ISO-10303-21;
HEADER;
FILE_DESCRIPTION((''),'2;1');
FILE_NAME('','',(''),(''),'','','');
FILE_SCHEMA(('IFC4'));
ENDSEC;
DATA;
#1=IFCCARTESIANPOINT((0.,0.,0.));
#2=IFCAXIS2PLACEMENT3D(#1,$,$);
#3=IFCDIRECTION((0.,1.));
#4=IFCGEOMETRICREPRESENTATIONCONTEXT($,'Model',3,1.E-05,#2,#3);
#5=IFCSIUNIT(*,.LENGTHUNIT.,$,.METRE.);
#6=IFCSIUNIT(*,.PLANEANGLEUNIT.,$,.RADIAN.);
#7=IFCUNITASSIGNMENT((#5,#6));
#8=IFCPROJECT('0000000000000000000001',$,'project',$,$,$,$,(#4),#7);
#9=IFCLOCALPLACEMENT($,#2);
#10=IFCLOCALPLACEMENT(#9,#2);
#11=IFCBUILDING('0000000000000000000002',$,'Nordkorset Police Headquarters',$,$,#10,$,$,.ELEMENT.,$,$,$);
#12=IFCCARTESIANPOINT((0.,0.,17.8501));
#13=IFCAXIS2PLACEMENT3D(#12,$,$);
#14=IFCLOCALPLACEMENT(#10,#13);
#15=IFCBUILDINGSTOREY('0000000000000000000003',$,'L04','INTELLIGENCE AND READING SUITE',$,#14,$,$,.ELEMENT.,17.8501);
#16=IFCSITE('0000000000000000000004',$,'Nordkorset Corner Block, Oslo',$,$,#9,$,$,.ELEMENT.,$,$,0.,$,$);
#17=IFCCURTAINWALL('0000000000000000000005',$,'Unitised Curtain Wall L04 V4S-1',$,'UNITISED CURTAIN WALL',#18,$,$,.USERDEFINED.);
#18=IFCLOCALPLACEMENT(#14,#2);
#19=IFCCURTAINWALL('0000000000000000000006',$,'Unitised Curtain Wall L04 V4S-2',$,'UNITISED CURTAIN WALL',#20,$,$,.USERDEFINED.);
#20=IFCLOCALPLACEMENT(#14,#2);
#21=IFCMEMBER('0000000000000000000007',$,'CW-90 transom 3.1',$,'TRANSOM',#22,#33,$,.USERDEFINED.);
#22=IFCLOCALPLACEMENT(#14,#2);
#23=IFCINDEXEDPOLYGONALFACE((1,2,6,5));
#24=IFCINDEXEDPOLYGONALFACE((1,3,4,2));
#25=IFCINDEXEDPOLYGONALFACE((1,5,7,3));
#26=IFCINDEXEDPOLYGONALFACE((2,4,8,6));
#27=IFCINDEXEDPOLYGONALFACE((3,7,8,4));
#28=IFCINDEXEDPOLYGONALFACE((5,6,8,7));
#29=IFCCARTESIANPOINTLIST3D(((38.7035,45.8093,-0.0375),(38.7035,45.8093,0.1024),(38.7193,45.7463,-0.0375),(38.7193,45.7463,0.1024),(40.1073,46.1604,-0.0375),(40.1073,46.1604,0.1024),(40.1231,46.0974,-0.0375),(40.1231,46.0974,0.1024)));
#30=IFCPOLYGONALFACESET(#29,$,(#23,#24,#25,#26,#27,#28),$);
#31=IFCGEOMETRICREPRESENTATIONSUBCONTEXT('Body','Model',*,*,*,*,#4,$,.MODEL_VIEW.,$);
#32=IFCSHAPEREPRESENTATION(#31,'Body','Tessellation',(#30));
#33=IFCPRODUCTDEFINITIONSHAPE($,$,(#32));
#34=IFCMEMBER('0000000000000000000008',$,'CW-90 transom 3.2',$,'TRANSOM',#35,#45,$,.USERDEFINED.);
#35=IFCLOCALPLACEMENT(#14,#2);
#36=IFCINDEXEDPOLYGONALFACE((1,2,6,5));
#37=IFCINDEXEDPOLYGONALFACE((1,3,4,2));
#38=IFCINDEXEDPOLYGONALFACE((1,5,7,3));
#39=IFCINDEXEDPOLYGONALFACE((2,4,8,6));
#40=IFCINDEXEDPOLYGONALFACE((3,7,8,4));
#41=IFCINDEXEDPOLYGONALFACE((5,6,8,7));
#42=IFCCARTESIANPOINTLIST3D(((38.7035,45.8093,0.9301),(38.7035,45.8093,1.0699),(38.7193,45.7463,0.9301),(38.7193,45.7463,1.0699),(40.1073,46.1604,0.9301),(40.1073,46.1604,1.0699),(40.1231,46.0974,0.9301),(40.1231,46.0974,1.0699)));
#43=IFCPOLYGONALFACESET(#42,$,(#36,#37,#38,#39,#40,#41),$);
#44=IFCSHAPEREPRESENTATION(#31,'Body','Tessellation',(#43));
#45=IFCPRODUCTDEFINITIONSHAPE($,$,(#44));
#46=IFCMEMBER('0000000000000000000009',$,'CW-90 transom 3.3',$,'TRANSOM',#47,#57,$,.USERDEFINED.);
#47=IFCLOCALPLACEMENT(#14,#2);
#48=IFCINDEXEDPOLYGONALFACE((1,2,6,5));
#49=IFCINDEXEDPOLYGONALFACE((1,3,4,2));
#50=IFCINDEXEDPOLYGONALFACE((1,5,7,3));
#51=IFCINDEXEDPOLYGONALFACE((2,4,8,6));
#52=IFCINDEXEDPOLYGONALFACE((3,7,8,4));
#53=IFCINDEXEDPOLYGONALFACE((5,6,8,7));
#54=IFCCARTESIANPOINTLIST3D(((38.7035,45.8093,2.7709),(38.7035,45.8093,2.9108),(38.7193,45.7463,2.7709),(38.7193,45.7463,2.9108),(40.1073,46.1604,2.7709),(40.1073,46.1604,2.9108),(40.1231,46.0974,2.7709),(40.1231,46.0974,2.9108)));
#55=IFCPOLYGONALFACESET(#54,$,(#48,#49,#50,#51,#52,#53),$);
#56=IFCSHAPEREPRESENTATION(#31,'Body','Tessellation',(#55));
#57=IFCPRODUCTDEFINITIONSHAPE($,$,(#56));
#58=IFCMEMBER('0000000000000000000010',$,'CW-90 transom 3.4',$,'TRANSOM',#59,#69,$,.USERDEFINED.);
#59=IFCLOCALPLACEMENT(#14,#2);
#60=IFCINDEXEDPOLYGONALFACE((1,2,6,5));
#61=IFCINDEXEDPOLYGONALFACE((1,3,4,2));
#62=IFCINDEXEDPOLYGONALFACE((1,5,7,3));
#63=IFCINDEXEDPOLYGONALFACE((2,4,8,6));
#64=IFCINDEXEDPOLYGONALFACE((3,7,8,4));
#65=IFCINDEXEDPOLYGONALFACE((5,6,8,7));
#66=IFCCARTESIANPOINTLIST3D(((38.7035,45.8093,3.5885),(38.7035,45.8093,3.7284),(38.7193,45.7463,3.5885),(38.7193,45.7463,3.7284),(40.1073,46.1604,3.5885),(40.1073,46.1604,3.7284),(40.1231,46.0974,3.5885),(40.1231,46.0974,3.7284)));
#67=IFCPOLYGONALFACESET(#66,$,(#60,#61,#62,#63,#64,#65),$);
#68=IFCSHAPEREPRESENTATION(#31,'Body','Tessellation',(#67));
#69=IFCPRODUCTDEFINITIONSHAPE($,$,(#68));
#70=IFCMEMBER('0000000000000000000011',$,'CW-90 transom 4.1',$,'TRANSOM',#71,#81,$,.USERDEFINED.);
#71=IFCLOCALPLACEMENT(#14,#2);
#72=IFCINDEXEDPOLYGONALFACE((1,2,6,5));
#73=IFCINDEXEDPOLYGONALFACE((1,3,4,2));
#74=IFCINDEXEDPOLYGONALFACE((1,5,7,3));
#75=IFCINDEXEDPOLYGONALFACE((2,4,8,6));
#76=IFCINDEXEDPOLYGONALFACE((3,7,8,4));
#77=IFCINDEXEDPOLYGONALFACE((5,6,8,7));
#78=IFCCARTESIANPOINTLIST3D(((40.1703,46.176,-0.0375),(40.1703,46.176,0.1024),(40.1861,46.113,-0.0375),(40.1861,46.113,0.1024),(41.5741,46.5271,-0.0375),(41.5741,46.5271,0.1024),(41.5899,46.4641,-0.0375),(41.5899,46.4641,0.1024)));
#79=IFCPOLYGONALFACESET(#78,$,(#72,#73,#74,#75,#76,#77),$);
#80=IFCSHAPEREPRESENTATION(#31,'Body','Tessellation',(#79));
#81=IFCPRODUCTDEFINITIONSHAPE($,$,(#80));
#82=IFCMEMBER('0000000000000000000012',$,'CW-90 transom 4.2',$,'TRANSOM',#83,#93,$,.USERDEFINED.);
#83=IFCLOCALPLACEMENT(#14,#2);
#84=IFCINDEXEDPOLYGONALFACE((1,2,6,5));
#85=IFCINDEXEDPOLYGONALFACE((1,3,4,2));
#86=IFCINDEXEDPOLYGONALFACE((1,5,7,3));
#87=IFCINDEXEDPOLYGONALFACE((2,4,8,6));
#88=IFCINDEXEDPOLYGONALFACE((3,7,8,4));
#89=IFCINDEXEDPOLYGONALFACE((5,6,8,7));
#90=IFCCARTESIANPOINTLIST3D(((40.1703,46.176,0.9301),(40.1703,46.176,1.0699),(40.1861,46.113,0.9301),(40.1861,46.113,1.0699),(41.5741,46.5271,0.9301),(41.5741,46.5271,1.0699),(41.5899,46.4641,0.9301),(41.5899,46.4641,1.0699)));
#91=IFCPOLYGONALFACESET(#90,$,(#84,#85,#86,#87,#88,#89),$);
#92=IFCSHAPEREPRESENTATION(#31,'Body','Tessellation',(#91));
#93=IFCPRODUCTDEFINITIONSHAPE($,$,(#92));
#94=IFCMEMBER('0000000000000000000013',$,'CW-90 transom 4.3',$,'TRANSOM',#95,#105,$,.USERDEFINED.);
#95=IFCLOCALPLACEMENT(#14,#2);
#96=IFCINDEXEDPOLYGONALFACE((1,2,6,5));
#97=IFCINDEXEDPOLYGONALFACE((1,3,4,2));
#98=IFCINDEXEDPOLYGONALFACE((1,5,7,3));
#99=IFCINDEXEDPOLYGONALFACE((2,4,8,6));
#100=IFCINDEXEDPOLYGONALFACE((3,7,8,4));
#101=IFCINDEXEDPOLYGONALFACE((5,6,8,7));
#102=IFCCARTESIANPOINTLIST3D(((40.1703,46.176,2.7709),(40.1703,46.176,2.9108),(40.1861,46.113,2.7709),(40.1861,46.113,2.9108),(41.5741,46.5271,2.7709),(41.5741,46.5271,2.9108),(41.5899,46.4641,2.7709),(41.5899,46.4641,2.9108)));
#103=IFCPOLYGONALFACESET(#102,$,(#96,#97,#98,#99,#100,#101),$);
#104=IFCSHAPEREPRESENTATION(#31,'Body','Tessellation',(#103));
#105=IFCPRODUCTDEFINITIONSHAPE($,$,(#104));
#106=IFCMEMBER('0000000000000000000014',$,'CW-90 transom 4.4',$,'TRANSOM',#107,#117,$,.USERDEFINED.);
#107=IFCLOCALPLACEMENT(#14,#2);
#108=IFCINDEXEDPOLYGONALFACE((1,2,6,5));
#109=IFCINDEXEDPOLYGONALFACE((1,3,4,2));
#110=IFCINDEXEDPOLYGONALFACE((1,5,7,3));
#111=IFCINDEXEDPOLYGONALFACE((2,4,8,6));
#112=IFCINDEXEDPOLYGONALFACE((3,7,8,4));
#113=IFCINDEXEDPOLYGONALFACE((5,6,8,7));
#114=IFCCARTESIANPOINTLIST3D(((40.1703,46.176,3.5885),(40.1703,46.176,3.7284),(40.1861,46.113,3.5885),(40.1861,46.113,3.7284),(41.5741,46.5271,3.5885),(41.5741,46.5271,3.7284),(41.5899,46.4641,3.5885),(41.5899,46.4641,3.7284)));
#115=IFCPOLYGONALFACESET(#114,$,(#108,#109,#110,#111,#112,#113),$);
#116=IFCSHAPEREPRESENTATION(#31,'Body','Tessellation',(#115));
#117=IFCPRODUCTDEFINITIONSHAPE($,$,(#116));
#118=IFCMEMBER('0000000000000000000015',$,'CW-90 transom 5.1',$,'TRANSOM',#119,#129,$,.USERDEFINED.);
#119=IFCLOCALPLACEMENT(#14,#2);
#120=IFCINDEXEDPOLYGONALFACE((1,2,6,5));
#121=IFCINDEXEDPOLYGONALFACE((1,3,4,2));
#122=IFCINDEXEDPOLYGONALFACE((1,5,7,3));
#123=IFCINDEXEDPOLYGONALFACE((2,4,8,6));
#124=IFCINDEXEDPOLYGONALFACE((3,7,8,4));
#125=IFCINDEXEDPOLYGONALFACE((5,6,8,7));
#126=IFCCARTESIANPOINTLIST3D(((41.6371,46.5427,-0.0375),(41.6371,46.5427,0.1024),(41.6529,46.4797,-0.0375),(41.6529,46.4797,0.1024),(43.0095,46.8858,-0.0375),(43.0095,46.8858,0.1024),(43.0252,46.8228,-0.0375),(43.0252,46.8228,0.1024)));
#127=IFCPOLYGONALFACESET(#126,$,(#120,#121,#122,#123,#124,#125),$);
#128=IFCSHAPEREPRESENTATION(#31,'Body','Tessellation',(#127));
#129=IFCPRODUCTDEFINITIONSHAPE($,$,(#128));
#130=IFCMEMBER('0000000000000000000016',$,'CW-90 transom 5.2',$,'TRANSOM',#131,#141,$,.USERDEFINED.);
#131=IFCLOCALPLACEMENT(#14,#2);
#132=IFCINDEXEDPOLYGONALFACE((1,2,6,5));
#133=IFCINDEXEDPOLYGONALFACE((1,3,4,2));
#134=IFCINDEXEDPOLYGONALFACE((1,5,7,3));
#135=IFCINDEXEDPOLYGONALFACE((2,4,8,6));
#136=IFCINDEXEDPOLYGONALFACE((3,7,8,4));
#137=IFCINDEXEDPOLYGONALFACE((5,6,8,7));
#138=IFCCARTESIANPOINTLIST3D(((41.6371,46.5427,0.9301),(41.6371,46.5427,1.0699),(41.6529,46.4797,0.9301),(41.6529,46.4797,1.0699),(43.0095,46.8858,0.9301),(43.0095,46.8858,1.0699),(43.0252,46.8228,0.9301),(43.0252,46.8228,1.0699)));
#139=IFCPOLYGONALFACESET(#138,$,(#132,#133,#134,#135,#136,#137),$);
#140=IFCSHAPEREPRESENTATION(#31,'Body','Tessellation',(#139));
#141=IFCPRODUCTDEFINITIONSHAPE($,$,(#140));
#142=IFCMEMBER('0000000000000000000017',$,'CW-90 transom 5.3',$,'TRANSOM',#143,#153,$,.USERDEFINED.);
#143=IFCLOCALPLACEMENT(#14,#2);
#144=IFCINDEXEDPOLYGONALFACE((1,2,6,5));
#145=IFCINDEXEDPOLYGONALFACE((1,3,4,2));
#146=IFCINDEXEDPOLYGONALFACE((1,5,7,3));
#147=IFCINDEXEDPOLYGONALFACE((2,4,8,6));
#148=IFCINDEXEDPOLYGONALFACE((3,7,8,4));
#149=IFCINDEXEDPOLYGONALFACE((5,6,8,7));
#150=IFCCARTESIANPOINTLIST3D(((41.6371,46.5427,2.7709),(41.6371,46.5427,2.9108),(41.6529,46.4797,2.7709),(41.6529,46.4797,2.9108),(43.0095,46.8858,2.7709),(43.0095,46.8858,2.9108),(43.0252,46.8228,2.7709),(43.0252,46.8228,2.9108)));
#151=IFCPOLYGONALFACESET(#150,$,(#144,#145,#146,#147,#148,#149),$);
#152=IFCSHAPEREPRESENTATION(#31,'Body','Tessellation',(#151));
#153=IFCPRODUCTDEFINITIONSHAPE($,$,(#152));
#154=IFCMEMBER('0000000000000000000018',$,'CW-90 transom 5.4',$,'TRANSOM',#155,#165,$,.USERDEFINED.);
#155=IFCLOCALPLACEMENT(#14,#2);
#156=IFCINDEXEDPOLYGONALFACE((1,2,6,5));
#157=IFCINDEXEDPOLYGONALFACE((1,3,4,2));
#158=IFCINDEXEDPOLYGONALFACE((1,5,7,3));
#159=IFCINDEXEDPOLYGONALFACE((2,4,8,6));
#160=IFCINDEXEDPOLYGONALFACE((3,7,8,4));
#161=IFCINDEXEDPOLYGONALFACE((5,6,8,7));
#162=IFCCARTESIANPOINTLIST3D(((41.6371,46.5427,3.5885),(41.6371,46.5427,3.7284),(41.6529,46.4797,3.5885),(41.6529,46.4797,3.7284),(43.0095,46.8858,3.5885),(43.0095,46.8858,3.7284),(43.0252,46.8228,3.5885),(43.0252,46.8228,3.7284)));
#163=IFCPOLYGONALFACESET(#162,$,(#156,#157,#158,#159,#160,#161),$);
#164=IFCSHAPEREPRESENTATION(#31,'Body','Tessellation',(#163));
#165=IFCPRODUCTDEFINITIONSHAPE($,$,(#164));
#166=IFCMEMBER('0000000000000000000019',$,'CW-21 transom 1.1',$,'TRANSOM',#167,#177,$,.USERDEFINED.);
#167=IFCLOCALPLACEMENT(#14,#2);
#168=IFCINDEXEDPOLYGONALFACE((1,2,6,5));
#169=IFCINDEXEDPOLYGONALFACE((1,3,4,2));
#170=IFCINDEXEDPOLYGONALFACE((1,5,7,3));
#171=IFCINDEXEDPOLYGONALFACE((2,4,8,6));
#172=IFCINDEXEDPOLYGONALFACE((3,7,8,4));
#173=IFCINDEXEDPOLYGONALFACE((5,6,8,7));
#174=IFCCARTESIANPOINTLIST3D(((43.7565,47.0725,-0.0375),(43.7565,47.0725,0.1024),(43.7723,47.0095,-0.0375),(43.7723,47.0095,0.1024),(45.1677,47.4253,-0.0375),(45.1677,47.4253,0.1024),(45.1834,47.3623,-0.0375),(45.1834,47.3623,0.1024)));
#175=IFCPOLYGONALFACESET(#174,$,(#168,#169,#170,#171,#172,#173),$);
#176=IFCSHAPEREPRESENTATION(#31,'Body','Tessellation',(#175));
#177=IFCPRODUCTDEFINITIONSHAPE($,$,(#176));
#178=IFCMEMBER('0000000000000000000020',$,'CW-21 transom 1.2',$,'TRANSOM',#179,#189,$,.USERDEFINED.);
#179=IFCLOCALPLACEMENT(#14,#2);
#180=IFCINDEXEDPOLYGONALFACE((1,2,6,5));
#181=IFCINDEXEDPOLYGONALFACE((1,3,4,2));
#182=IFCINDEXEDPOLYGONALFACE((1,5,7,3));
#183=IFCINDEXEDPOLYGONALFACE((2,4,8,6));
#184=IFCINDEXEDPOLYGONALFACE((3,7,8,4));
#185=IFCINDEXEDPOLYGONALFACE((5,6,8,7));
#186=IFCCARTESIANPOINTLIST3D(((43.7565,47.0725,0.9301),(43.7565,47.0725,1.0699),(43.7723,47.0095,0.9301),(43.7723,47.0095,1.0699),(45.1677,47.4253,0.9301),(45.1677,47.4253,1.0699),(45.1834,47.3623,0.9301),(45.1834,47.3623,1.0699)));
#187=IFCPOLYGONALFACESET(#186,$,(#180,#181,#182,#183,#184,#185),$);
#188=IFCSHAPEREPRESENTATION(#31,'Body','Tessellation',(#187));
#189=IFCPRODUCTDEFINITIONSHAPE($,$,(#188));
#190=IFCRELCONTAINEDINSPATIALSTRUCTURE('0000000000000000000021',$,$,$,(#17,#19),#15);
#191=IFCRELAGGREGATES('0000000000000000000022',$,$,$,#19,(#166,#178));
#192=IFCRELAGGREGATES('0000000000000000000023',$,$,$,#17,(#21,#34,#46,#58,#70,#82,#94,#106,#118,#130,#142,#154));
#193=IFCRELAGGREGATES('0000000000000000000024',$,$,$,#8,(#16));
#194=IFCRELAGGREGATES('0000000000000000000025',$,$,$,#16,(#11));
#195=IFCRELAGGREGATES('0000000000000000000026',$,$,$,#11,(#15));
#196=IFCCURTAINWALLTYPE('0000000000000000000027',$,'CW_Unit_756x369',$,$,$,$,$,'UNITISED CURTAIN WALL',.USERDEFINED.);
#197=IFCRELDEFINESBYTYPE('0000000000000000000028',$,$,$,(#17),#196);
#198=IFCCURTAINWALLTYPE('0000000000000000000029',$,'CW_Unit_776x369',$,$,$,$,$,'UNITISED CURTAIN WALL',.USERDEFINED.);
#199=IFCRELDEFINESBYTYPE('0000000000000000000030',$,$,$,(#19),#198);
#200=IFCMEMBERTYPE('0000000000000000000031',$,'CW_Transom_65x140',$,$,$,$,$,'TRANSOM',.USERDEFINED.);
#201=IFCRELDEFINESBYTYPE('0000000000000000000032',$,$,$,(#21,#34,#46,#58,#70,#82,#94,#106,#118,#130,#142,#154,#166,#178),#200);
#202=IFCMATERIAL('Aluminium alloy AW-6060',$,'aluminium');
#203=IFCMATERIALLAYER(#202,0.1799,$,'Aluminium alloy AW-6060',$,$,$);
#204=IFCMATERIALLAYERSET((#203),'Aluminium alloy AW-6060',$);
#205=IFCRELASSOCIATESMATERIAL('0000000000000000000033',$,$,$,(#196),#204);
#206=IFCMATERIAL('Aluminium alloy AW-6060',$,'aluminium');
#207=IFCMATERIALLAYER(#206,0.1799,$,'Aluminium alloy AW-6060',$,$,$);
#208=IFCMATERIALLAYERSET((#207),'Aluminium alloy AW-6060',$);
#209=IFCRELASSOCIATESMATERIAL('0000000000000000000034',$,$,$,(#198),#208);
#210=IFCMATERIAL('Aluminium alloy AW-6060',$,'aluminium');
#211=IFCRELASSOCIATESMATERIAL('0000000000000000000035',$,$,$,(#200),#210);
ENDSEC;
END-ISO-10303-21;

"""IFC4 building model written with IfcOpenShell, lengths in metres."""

from ifc_helpers import new_model, si_unit, direction, frame, origin, origin_2d, place, context, subcontext, project, spatial, rectangle, extrude, material, layer, layer_set, material_profile, profile_set, type_object, element, aggregate, save


model = new_model("IFC4")

# Units and contexts
model_context = context("Model", 3, precision=1e-05, world=origin(), true_north=direction((0.0, 1.0)))
body_context = subcontext(model_context, "Body", "Model", "MODEL_VIEW")
ifc_project = project(units=[si_unit("LENGTHUNIT", "METRE"), si_unit("PLANEANGLEUNIT", "RADIAN")], contexts=[model_context])

# Site, building, storey
site_placement = place(None, origin())
site = spatial("IfcSite", under=ifc_project, at=site_placement, Name="Nordkorset Corner Block, Oslo", CompositionType="ELEMENT", RefElevation=0.0)
building_placement = place(site_placement, origin())
building = spatial("IfcBuilding", under=site, at=building_placement, Name="Nordkorset Police Headquarters", CompositionType="ELEMENT")
storey_placement = place(building_placement, frame((0.0, 0.0, 17.8501)))
storey = spatial("IfcBuildingStorey", under=building, at=storey_placement, Name="L04", Description="INTELLIGENCE AND READING SUITE", CompositionType="ELEMENT", Elevation=17.8501)

# Curtain wall
ifc_material_1 = material(Name="Aluminium alloy AW-6060", Category="aluminium")
ifc_layer_1 = layer(ifc_material_1, 0.1799, Name="Aluminium alloy AW-6060")
ifc_layer_set_1 = layer_set([ifc_layer_1], Name="Aluminium alloy AW-6060")
curtain_wall_type_1 = type_object("IfcCurtainWallType", Name="CW_Unit_756x369", ElementType="UNITISED CURTAIN WALL", PredefinedType="USERDEFINED", material=ifc_layer_set_1)
curtain_wall_1_placement = place(storey_placement, origin())
curtain_wall_1 = element("IfcCurtainWall", 1, at=curtain_wall_1_placement, inside=storey, type_object=curtain_wall_type_1, Name="Unitised Curtain Wall L04 V4S-1", ObjectType="UNITISED CURTAIN WALL", PredefinedType="USERDEFINED")

# Curtain wall
ifc_material_2 = material(Name="Aluminium alloy AW-6060", Category="aluminium")
ifc_layer_2 = layer(ifc_material_2, 0.1799, Name="Aluminium alloy AW-6060")
ifc_layer_set_2 = layer_set([ifc_layer_2], Name="Aluminium alloy AW-6060")
curtain_wall_type_2 = type_object("IfcCurtainWallType", Name="CW_Unit_776x369", ElementType="UNITISED CURTAIN WALL", PredefinedType="USERDEFINED", material=ifc_layer_set_2)
curtain_wall_2_placement = place(storey_placement, origin())
curtain_wall_2 = element("IfcCurtainWall", 2, at=curtain_wall_2_placement, inside=storey, type_object=curtain_wall_type_2, Name="Unitised Curtain Wall L04 V4S-2", ObjectType="UNITISED CURTAIN WALL", PredefinedType="USERDEFINED")

# Members
ifc_material_3 = material(Name="Aluminium alloy AW-6060", Category="aluminium")
ifc_material_profile_1 = material_profile(ifc_material_3, rectangle(XDim=0.0649, YDim=0.1399, at=origin_2d()), Name="ALU TRAN 65x140")
ifc_profile_set_1 = profile_set([ifc_material_profile_1], Name="Aluminium alloy AW-6060")
member_type_1 = type_object("IfcMemberType", Name="CW_Transom_65x140", ElementType="TRANSOM", PredefinedType="USERDEFINED", material=ifc_profile_set_1)
member_1_placement = place(storey_placement, frame((38.7114, 45.7778, 0.0325), z_axis=(0.970123, 0.242615, 0.0), x_axis=(-0.242615, 0.970123, 0.0)))
member_1 = element("IfcMember", 3, at=member_1_placement, type_object=member_type_1, Name="CW-90 transom 3.1", ObjectType="TRANSOM", PredefinedType="USERDEFINED", context=body_context, shape_type="SweptSolid", body=[
    extrude(rectangle(XDim=0.0649, YDim=0.1399, at=origin_2d()), origin(), (0.0, 0.0, 1.0), 1.447),
])
member_2_placement = place(storey_placement, frame((38.7114, 45.7778, 1.0), z_axis=(0.970123, 0.242615, 0.0), x_axis=(-0.242615, 0.970123, 0.0)))
member_2 = element("IfcMember", 4, at=member_2_placement, type_object=member_type_1, Name="CW-90 transom 3.2", ObjectType="TRANSOM", PredefinedType="USERDEFINED", context=body_context, shape_type="SweptSolid", body=[
    extrude(rectangle(XDim=0.0649, YDim=0.1399, at=origin_2d()), origin(), (0.0, 0.0, 1.0), 1.447),
])
member_3_placement = place(storey_placement, frame((38.7114, 45.7778, 2.8408), z_axis=(0.970123, 0.242615, 0.0), x_axis=(-0.242615, 0.970123, 0.0)))
member_3 = element("IfcMember", 5, at=member_3_placement, type_object=member_type_1, Name="CW-90 transom 3.3", ObjectType="TRANSOM", PredefinedType="USERDEFINED", context=body_context, shape_type="SweptSolid", body=[
    extrude(rectangle(XDim=0.0649, YDim=0.1399, at=origin_2d()), origin(), (0.0, 0.0, 1.0), 1.447),
])
member_4_placement = place(storey_placement, frame((38.7114, 45.7778, 3.6584), z_axis=(0.970123, 0.242615, 0.0), x_axis=(-0.242615, 0.970123, 0.0)))
member_4 = element("IfcMember", 6, at=member_4_placement, type_object=member_type_1, Name="CW-90 transom 3.4", ObjectType="TRANSOM", PredefinedType="USERDEFINED", context=body_context, shape_type="SweptSolid", body=[
    extrude(rectangle(XDim=0.0649, YDim=0.1399, at=origin_2d()), origin(), (0.0, 0.0, 1.0), 1.447),
])
member_5_placement = place(storey_placement, frame((40.1782, 46.1445, 0.0325), z_axis=(0.970123, 0.242615, 0.0), x_axis=(-0.242615, 0.970123, 0.0)))
member_5 = element("IfcMember", 7, at=member_5_placement, type_object=member_type_1, Name="CW-90 transom 4.1", ObjectType="TRANSOM", PredefinedType="USERDEFINED", context=body_context, shape_type="SweptSolid", body=[
    extrude(rectangle(XDim=0.0649, YDim=0.1399, at=origin_2d()), origin(), (0.0, 0.0, 1.0), 1.447),
])
member_6_placement = place(storey_placement, frame((40.1782, 46.1445, 1.0), z_axis=(0.970123, 0.242615, 0.0), x_axis=(-0.242615, 0.970123, 0.0)))
member_6 = element("IfcMember", 8, at=member_6_placement, type_object=member_type_1, Name="CW-90 transom 4.2", ObjectType="TRANSOM", PredefinedType="USERDEFINED", context=body_context, shape_type="SweptSolid", body=[
    extrude(rectangle(XDim=0.0649, YDim=0.1399, at=origin_2d()), origin(), (0.0, 0.0, 1.0), 1.447),
])
member_7_placement = place(storey_placement, frame((40.1782, 46.1445, 2.8408), z_axis=(0.970123, 0.242615, 0.0), x_axis=(-0.242615, 0.970123, 0.0)))
member_7 = element("IfcMember", 9, at=member_7_placement, type_object=member_type_1, Name="CW-90 transom 4.3", ObjectType="TRANSOM", PredefinedType="USERDEFINED", context=body_context, shape_type="SweptSolid", body=[
    extrude(rectangle(XDim=0.0649, YDim=0.1399, at=origin_2d()), origin(), (0.0, 0.0, 1.0), 1.447),
])
member_8_placement = place(storey_placement, frame((40.1782, 46.1445, 3.6584), z_axis=(0.970123, 0.242615, 0.0), x_axis=(-0.242615, 0.970123, 0.0)))
member_8 = element("IfcMember", 10, at=member_8_placement, type_object=member_type_1, Name="CW-90 transom 4.4", ObjectType="TRANSOM", PredefinedType="USERDEFINED", context=body_context, shape_type="SweptSolid", body=[
    extrude(rectangle(XDim=0.0649, YDim=0.1399, at=origin_2d()), origin(), (0.0, 0.0, 1.0), 1.447),
])
member_9_placement = place(storey_placement, frame((41.645, 46.5112, 0.0325), z_axis=(0.970153, 0.242495, 0.0), x_axis=(-0.242495, 0.970153, 0.0)))
member_9 = element("IfcMember", 11, at=member_9_placement, type_object=member_type_1, Name="CW-90 transom 5.1", ObjectType="TRANSOM", PredefinedType="USERDEFINED", context=body_context, shape_type="SweptSolid", body=[
    extrude(rectangle(XDim=0.0649, YDim=0.1399, at=origin_2d()), origin(), (0.0, 0.0, 1.0), 1.4146),
])
member_10_placement = place(storey_placement, frame((41.645, 46.5112, 1.0), z_axis=(0.970153, 0.242495, 0.0), x_axis=(-0.242495, 0.970153, 0.0)))
member_10 = element("IfcMember", 12, at=member_10_placement, type_object=member_type_1, Name="CW-90 transom 5.2", ObjectType="TRANSOM", PredefinedType="USERDEFINED", context=body_context, shape_type="SweptSolid", body=[
    extrude(rectangle(XDim=0.0649, YDim=0.1399, at=origin_2d()), origin(), (0.0, 0.0, 1.0), 1.4146),
])
member_11_placement = place(storey_placement, frame((41.645, 46.5112, 2.8408), z_axis=(0.970153, 0.242495, 0.0), x_axis=(-0.242495, 0.970153, 0.0)))
member_11 = element("IfcMember", 13, at=member_11_placement, type_object=member_type_1, Name="CW-90 transom 5.3", ObjectType="TRANSOM", PredefinedType="USERDEFINED", context=body_context, shape_type="SweptSolid", body=[
    extrude(rectangle(XDim=0.0649, YDim=0.1399, at=origin_2d()), origin(), (0.0, 0.0, 1.0), 1.4146),
])
member_12_placement = place(storey_placement, frame((41.645, 46.5112, 3.6584), z_axis=(0.970153, 0.242495, 0.0), x_axis=(-0.242495, 0.970153, 0.0)))
member_12 = element("IfcMember", 14, at=member_12_placement, type_object=member_type_1, Name="CW-90 transom 5.4", ObjectType="TRANSOM", PredefinedType="USERDEFINED", context=body_context, shape_type="SweptSolid", body=[
    extrude(rectangle(XDim=0.0649, YDim=0.1399, at=origin_2d()), origin(), (0.0, 0.0, 1.0), 1.4146),
])
member_13_placement = place(storey_placement, frame((43.7644, 47.041, 0.0325), z_axis=(0.970143, 0.242536, 0.0), x_axis=(-0.242536, 0.970143, 0.0)))
member_13 = element("IfcMember", 15, at=member_13_placement, type_object=member_type_1, Name="CW-21 transom 1.1", ObjectType="TRANSOM", PredefinedType="USERDEFINED", context=body_context, shape_type="SweptSolid", body=[
    extrude(rectangle(XDim=0.0649, YDim=0.1399, at=origin_2d()), origin(), (0.0, 0.0, 1.0), 1.4546),
])
member_14_placement = place(storey_placement, frame((43.7644, 47.041, 1.0), z_axis=(0.970143, 0.242536, 0.0), x_axis=(-0.242536, 0.970143, 0.0)))
member_14 = element("IfcMember", 16, at=member_14_placement, type_object=member_type_1, Name="CW-21 transom 1.2", ObjectType="TRANSOM", PredefinedType="USERDEFINED", context=body_context, shape_type="SweptSolid", body=[
    extrude(rectangle(XDim=0.0649, YDim=0.1399, at=origin_2d()), origin(), (0.0, 0.0, 1.0), 1.4546),
])
aggregate(curtain_wall_2, [member_13, member_14])

aggregate(curtain_wall_1, [member_1, member_2, member_3, member_4, member_5, member_6, member_7, member_8, member_9, member_10, member_11, member_12])

save(model, "model.ifc")
